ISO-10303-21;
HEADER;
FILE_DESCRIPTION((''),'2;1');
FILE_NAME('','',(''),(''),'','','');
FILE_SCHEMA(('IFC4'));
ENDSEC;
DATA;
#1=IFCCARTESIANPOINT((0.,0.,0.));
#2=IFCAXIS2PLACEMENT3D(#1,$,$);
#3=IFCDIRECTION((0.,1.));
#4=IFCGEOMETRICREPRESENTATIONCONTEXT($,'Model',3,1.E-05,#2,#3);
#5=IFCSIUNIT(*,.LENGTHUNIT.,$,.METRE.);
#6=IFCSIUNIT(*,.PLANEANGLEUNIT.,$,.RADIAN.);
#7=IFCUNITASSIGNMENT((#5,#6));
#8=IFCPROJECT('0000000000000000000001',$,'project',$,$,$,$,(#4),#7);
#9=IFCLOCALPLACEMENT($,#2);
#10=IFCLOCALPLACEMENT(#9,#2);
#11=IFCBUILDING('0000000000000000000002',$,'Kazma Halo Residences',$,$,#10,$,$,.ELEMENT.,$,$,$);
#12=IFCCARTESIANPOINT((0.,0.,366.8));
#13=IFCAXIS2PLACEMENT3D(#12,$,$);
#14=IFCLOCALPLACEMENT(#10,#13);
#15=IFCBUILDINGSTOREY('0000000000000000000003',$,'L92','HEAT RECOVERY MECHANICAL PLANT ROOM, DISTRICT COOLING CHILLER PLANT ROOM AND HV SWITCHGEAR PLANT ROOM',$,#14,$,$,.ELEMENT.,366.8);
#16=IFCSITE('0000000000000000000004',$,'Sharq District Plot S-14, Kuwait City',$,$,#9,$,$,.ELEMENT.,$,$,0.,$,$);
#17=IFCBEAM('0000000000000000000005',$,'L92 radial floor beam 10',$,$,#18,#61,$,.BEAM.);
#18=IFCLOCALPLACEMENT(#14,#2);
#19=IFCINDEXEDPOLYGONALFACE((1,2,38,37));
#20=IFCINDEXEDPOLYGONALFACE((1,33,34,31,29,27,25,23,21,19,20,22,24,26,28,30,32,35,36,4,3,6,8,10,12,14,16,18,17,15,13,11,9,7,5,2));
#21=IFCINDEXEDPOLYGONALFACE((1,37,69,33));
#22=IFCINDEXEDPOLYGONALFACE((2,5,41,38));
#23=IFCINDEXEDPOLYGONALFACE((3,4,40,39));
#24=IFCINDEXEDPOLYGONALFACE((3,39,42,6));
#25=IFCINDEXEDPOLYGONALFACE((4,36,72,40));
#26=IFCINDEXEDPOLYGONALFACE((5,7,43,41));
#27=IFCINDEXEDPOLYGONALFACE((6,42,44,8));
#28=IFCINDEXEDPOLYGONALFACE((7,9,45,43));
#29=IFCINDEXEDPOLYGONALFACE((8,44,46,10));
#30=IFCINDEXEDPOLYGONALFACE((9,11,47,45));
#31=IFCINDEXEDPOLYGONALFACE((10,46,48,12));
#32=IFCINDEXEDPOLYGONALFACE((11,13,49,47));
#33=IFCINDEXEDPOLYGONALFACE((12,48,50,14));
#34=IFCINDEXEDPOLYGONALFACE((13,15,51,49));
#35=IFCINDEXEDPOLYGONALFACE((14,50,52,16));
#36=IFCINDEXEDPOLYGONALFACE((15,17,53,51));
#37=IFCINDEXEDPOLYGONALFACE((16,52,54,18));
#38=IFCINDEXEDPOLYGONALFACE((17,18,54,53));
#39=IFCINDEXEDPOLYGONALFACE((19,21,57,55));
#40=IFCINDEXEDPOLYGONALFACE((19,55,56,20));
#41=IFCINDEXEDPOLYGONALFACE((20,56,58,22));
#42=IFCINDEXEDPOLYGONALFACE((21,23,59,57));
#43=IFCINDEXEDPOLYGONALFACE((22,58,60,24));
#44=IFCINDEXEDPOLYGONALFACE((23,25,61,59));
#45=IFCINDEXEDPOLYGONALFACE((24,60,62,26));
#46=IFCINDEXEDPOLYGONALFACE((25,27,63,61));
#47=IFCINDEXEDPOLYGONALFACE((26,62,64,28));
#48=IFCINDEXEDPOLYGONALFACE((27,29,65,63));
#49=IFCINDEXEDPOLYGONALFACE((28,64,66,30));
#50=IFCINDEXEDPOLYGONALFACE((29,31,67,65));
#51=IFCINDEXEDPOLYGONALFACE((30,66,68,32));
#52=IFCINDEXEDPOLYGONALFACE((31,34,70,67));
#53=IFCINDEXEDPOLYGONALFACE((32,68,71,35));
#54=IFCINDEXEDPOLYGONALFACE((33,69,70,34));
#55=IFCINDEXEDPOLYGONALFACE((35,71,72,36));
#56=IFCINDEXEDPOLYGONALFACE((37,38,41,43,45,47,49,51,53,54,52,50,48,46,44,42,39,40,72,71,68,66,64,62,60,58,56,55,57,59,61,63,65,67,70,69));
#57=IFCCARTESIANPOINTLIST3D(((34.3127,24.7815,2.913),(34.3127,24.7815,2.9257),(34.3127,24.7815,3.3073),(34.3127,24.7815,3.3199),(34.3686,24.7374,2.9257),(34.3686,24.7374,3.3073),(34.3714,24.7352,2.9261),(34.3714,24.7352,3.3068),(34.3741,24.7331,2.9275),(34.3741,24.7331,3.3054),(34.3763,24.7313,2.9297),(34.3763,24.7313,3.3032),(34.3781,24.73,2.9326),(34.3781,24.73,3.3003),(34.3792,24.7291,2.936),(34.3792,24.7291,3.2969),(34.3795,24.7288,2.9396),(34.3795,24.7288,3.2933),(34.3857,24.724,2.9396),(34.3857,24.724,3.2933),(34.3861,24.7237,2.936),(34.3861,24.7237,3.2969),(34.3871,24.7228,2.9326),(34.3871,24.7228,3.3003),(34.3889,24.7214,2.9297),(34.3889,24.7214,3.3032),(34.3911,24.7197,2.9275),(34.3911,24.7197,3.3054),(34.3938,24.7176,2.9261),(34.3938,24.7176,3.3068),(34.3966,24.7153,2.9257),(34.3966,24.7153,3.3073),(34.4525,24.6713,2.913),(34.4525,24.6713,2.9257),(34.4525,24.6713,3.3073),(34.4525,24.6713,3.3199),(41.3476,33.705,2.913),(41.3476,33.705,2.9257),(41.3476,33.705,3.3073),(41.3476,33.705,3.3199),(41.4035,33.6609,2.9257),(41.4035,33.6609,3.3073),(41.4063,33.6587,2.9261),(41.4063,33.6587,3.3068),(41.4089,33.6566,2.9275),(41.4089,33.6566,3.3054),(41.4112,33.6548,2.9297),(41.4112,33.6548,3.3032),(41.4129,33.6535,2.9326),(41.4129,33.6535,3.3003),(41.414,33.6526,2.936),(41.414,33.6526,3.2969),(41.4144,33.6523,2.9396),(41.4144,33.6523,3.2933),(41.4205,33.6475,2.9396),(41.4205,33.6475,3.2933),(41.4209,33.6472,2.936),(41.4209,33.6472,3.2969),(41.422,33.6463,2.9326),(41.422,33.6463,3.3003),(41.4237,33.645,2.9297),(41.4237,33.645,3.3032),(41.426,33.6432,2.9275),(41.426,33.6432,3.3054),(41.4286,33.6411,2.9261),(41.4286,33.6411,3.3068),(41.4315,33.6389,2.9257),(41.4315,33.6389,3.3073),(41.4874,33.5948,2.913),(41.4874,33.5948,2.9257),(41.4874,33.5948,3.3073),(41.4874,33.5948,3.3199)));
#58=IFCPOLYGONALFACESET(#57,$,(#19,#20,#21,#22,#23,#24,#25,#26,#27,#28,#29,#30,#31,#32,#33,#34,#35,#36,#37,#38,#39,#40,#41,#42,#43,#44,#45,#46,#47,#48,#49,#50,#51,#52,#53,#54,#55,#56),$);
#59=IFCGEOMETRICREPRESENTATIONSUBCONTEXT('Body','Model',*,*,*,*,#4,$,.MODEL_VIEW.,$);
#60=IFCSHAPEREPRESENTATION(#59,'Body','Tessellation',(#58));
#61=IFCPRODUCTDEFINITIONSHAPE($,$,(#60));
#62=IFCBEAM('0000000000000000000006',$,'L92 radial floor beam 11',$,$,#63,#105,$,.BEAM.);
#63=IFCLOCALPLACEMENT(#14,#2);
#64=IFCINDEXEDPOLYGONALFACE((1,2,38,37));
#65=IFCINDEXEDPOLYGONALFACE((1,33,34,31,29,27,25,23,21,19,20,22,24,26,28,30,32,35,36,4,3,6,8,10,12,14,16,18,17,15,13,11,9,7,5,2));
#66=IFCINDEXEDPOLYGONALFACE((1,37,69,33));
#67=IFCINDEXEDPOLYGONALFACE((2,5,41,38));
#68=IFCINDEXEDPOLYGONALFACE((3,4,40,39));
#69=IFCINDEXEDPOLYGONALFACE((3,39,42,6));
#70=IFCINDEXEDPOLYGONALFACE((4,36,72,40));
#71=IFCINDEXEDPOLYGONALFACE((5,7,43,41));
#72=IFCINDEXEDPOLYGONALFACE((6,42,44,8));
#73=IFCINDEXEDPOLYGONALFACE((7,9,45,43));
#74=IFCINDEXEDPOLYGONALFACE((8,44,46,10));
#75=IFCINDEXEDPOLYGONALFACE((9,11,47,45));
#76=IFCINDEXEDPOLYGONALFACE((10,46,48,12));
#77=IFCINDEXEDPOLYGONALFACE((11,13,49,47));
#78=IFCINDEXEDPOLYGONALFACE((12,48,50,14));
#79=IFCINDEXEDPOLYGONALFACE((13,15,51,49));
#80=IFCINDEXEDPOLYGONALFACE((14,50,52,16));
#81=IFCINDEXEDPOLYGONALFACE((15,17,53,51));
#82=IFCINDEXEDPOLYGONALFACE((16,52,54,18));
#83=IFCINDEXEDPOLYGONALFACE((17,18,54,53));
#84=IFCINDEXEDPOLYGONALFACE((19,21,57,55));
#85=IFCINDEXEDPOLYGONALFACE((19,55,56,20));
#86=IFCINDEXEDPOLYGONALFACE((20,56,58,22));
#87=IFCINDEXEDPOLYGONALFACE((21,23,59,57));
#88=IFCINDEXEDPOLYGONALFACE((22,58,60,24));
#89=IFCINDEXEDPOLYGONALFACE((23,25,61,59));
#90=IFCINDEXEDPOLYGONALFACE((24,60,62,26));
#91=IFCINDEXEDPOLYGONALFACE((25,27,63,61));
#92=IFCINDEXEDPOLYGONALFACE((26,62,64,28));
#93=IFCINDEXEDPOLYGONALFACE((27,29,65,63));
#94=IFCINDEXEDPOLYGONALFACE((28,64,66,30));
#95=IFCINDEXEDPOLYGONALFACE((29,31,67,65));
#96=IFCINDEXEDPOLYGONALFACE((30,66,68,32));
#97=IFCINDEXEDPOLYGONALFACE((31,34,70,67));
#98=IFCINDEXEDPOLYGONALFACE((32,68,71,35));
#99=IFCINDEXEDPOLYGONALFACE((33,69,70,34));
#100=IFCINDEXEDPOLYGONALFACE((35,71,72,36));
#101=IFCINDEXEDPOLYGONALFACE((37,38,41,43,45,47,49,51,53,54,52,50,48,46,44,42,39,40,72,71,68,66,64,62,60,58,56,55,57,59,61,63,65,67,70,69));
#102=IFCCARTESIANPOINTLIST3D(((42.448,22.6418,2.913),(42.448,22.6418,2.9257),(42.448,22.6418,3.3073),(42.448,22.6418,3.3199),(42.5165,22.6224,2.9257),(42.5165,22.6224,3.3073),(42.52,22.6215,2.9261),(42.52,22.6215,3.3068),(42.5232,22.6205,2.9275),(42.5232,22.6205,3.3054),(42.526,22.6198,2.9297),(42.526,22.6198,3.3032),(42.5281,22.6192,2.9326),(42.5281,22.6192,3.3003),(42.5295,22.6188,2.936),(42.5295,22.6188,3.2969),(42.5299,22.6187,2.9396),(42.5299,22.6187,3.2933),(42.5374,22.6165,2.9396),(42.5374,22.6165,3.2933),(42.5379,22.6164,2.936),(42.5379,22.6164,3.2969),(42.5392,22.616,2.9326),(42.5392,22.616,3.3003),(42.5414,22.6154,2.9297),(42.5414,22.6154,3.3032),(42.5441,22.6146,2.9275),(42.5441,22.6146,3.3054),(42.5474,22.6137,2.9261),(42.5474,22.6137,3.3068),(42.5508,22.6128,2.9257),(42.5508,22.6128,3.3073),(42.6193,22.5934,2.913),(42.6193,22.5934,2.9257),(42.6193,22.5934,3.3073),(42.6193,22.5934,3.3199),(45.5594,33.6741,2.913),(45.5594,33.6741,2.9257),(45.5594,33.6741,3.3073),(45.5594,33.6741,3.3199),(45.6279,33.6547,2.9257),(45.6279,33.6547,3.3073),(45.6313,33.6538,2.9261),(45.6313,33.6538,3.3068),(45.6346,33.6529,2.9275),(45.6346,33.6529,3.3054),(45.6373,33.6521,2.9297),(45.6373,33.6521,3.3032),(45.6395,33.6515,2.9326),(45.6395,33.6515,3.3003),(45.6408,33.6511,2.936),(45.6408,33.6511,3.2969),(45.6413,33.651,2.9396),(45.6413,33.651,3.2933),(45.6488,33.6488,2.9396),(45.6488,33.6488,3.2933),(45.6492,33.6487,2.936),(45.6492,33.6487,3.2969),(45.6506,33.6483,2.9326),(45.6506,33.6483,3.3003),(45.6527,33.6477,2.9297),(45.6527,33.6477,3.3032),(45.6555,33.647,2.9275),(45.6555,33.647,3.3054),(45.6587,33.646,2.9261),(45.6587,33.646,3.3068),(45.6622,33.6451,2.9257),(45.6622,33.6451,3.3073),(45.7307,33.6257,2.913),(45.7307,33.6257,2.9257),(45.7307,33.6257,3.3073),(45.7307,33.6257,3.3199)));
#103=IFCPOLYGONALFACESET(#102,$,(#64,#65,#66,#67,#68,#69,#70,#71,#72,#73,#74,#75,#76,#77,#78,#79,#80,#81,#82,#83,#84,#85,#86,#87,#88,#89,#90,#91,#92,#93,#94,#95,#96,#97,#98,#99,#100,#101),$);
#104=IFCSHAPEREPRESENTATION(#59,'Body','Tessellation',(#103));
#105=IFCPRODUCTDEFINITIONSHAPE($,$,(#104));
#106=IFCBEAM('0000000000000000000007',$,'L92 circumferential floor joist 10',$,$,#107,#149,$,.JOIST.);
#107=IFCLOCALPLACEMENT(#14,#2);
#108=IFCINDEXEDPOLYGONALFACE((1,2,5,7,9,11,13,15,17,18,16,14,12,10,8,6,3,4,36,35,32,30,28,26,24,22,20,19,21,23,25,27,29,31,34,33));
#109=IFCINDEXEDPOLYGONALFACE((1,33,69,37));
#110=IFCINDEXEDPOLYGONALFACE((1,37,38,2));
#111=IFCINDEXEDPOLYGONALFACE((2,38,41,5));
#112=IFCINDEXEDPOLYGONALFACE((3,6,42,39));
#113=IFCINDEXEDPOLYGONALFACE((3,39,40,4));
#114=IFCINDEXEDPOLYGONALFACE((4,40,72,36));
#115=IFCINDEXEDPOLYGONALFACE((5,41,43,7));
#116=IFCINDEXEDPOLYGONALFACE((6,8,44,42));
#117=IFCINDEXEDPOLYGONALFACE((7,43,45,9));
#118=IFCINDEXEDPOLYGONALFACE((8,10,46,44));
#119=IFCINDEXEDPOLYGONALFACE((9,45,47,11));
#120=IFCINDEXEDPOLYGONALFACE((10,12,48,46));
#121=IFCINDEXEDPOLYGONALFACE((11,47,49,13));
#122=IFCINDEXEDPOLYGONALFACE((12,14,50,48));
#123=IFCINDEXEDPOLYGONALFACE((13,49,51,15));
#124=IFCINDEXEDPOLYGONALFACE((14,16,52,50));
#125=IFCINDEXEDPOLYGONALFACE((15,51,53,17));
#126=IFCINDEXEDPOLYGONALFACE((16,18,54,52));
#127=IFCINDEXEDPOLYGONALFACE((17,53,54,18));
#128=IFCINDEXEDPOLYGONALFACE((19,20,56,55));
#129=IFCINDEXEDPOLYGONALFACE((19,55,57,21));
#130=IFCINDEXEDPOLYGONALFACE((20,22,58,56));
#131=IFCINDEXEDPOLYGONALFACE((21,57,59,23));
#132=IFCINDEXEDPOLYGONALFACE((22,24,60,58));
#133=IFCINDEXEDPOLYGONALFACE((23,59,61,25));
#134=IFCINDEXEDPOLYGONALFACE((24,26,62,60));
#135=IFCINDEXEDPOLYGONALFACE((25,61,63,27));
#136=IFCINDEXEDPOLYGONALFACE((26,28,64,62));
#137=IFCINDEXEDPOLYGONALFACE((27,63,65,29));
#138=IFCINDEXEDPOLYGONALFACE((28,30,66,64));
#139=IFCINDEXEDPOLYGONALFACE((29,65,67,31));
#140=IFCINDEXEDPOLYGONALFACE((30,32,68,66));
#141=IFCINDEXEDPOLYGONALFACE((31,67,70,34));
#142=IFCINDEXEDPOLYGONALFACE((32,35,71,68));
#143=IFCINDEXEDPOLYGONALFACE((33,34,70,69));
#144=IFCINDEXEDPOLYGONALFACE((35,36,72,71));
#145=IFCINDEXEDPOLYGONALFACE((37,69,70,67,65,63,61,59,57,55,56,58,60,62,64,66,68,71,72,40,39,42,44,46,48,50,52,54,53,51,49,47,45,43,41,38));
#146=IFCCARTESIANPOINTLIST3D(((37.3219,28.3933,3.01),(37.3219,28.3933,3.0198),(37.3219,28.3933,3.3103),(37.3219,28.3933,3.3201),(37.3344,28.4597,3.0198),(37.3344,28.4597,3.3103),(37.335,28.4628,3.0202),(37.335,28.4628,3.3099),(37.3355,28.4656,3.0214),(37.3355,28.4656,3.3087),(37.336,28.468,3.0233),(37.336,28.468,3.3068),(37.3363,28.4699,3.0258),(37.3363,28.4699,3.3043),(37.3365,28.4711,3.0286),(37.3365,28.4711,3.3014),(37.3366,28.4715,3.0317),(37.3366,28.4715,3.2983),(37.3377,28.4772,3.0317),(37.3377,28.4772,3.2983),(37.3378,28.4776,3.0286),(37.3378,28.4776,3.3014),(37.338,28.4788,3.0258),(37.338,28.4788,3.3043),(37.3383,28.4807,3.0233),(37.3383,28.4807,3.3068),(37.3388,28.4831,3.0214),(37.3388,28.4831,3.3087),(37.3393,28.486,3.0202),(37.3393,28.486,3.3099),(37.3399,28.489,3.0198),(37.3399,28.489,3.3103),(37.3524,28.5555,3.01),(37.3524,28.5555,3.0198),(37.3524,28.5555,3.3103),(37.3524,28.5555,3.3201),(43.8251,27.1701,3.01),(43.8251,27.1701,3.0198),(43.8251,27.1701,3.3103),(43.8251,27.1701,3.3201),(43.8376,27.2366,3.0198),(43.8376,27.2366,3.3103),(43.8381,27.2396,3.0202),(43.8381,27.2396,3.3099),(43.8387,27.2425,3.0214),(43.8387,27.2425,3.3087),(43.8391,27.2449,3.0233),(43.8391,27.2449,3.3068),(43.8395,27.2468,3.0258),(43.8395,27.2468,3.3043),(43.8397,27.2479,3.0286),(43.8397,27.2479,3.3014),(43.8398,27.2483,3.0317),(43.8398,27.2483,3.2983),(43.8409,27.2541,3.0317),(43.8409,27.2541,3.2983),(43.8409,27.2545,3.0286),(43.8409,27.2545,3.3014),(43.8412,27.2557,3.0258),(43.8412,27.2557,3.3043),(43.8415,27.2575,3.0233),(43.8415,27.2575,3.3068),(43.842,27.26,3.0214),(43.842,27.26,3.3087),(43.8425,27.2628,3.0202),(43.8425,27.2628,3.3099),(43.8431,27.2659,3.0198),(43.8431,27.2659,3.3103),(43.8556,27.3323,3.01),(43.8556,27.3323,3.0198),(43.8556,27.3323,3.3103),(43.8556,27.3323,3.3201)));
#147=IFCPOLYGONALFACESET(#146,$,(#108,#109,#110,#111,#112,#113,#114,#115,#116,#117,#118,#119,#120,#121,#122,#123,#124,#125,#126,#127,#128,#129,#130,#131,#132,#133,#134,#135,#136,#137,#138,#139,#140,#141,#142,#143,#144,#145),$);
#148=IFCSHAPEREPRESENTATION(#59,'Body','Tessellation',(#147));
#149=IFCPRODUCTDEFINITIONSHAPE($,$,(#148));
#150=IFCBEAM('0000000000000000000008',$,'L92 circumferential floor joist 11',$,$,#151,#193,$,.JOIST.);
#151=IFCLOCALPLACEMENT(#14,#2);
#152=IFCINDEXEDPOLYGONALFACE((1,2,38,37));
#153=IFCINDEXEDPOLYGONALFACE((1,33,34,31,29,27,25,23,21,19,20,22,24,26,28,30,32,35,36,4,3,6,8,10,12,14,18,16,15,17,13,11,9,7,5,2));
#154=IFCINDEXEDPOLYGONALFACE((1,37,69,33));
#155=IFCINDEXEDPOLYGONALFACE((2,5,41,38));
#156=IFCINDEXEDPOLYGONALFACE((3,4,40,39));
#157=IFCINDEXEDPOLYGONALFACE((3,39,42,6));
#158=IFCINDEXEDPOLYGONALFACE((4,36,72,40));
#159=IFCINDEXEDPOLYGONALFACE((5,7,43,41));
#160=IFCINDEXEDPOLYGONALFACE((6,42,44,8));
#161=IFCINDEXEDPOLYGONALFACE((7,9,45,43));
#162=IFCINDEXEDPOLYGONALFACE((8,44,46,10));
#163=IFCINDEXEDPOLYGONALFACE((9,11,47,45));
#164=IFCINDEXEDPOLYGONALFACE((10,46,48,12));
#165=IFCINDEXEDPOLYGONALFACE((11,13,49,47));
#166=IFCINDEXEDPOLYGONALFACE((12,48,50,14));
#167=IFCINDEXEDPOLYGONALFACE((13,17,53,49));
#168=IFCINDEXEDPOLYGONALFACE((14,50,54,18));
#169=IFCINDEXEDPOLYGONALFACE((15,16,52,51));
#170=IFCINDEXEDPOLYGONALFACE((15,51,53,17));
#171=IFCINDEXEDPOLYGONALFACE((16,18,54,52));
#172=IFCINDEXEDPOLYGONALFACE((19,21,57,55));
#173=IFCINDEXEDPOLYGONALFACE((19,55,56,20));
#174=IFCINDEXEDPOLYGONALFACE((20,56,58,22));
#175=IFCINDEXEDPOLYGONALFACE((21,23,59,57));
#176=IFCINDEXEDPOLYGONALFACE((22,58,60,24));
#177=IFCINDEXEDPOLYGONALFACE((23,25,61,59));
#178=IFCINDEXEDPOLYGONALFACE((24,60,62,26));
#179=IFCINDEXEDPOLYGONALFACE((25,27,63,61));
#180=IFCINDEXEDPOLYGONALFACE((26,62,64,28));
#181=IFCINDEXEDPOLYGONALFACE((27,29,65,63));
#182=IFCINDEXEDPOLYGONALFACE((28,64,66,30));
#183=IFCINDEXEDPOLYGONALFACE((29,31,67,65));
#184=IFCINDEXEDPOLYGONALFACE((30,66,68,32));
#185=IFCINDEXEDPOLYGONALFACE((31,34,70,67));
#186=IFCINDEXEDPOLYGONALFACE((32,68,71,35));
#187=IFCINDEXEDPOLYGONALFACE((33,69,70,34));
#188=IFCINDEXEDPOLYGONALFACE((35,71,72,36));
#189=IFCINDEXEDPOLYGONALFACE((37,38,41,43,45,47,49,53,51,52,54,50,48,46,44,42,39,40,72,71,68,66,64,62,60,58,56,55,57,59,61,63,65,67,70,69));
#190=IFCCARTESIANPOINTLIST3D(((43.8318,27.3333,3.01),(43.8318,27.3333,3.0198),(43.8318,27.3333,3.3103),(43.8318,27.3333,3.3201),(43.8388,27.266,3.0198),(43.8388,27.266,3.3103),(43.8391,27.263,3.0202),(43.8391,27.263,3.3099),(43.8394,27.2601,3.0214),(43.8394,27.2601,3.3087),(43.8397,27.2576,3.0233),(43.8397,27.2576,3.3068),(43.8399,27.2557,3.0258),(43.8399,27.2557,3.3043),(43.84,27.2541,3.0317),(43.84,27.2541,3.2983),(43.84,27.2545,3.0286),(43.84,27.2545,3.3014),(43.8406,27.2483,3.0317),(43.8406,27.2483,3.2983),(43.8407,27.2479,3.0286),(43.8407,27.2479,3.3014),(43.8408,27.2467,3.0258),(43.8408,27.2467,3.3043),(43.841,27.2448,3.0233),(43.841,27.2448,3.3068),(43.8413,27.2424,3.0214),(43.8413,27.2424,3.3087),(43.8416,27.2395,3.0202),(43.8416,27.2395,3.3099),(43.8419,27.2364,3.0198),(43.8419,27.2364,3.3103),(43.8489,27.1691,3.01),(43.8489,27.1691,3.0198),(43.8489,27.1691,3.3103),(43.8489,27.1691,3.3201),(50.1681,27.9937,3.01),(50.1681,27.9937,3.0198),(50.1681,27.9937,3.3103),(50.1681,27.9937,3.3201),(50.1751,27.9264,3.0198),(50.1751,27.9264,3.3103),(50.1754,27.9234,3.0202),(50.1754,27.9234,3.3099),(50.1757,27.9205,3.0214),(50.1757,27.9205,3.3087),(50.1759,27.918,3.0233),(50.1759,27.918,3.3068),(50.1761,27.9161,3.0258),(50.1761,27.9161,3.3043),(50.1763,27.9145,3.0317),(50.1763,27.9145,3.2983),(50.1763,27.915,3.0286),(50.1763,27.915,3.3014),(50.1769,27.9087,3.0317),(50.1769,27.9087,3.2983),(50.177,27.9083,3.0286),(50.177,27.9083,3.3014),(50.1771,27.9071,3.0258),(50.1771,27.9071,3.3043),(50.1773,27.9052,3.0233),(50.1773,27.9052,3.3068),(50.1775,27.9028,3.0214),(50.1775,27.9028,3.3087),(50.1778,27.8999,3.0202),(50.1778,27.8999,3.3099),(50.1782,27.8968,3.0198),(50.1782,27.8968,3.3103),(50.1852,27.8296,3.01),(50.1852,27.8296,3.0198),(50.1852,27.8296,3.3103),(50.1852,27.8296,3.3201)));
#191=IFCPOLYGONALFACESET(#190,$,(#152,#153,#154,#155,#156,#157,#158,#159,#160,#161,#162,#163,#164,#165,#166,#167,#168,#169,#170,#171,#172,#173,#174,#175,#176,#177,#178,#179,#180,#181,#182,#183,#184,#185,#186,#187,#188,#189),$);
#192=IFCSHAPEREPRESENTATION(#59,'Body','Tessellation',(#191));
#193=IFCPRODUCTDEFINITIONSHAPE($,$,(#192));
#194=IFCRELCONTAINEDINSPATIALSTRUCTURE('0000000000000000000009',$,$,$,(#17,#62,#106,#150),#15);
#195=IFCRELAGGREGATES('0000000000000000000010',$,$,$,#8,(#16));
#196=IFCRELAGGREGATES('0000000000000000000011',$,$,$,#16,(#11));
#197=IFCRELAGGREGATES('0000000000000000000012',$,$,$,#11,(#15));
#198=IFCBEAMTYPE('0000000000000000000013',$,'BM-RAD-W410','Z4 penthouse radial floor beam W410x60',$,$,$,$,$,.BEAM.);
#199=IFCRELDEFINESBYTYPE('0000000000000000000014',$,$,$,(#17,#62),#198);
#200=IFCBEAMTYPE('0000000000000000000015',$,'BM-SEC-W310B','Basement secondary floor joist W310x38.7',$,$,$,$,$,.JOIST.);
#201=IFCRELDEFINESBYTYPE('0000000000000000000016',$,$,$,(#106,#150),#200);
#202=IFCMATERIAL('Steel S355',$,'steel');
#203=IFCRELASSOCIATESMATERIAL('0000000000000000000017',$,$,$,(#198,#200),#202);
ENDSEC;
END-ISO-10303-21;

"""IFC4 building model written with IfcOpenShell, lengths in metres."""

from ifc_helpers import new_model, si_unit, direction, frame, origin, origin_2d, place, context, subcontext, project, spatial, i_section, extrude, material, material_profile, profile_set, type_object, element, save


model = new_model("IFC4")

# Units and contexts
model_context = context("Model", 3, precision=1e-05, world=origin(), true_north=direction((0.0, 1.0)))
body_context = subcontext(model_context, "Body", "Model", "MODEL_VIEW")
ifc_project = project(units=[si_unit("LENGTHUNIT", "METRE"), si_unit("PLANEANGLEUNIT", "RADIAN")], contexts=[model_context])

# Site, building, storey
site_placement = place(None, origin())
site = spatial("IfcSite", under=ifc_project, at=site_placement, Name="Sharq District Plot S-14, Kuwait City", CompositionType="ELEMENT", RefElevation=0.0)
building_placement = place(site_placement, origin())
building = spatial("IfcBuilding", under=site, at=building_placement, Name="Kazma Halo Residences", CompositionType="ELEMENT")
storey_placement = place(building_placement, frame((0.0, 0.0, 366.8)))
storey = spatial("IfcBuildingStorey", under=building, at=storey_placement, Name="L92", Description="HEAT RECOVERY MECHANICAL PLANT ROOM, DISTRICT COOLING CHILLER PLANT ROOM AND HV SWITCHGEAR PLANT ROOM", CompositionType="ELEMENT", Elevation=366.8)

# Shared definitions
ifc_material_1 = material(Name="Steel S355", Category="steel")

# Beams
ifc_material_profile_1 = material_profile(ifc_material_1, i_section(OverallWidth=0.178, OverallDepth=0.407, WebThickness=0.0078, FlangeThickness=0.0127, FilletRadius=0.0139, at=origin_2d()), Name="W410x60")
ifc_profile_set_1 = profile_set([ifc_material_profile_1], Name="Steel S355")
beam_type_1 = type_object("IfcBeamType", Name="BM-RAD-W410", Description="Z4 penthouse radial floor beam W410x60", PredefinedType="BEAM", material=ifc_profile_set_1)
beam_1_placement = place(storey_placement, frame((41.4175, 33.6499, 3.1165), z_axis=(-0.619101, -0.785312, 0.0), x_axis=(0.785312, -0.619101, 0.0)))
element("IfcBeam", 1, at=beam_1_placement, inside=storey, type_object=beam_type_1, Name="L92 radial floor beam 10", PredefinedType="BEAM", context=body_context, shape_type="SweptSolid", body=[
    extrude(i_section(OverallWidth=0.178, OverallDepth=0.407, WebThickness=0.0078, FlangeThickness=0.0127, FilletRadius=0.0139, at=origin_2d()), origin(), (0.0, 0.0, 1.0), 11.363),
])
beam_2_placement = place(storey_placement, frame((45.645, 33.6499, 3.1165), z_axis=(-0.271434, -0.962457, 0.0), x_axis=(0.962457, -0.271434, 0.0)))
element("IfcBeam", 2, at=beam_2_placement, inside=storey, type_object=beam_type_1, Name="L92 radial floor beam 11", PredefinedType="BEAM", context=body_context, shape_type="SweptSolid", body=[
    extrude(i_section(OverallWidth=0.178, OverallDepth=0.407, WebThickness=0.0078, FlangeThickness=0.0127, FilletRadius=0.0139, at=origin_2d()), origin(), (0.0, 0.0, 1.0), 11.4626),
])
ifc_material_profile_2 = material_profile(ifc_material_1, i_section(OverallWidth=0.165, OverallDepth=0.3101, WebThickness=0.0059, FlangeThickness=0.0098, FilletRadius=0.012, at=origin_2d()), Name="W310x38.7")
ifc_profile_set_2 = profile_set([ifc_material_profile_2], Name="Steel S355")
beam_type_2 = type_object("IfcBeamType", Name="BM-SEC-W310B", Description="Basement secondary floor joist W310x38.7", PredefinedType="JOIST", material=ifc_profile_set_2)
beam_3_placement = place(storey_placement, frame((37.3372, 28.4744, 3.165), z_axis=(0.982768, -0.184843, 0.0), x_axis=(0.184843, 0.982768, 0.0)))
element("IfcBeam", 3, at=beam_3_placement, inside=storey, type_object=beam_type_2, Name="L92 circumferential floor joist 10", PredefinedType="JOIST", context=body_context, shape_type="SweptSolid", body=[
    extrude(i_section(OverallWidth=0.165, OverallDepth=0.3101, WebThickness=0.0059, FlangeThickness=0.0098, FilletRadius=0.012, at=origin_2d()), origin(), (0.0, 0.0, 1.0), 6.6172),
])
beam_4_placement = place(storey_placement, frame((43.8403, 27.2512, 3.165), z_axis=(0.994612, 0.103665, 0.0), x_axis=(-0.103665, 0.994612, 0.0)))
element("IfcBeam", 4, at=beam_4_placement, inside=storey, type_object=beam_type_2, Name="L92 circumferential floor joist 11", PredefinedType="JOIST", context=body_context, shape_type="SweptSolid", body=[
    extrude(i_section(OverallWidth=0.165, OverallDepth=0.3101, WebThickness=0.0059, FlangeThickness=0.0098, FilletRadius=0.012, at=origin_2d()), origin(), (0.0, 0.0, 1.0), 6.3706),
])

save(model, "model.ifc")
